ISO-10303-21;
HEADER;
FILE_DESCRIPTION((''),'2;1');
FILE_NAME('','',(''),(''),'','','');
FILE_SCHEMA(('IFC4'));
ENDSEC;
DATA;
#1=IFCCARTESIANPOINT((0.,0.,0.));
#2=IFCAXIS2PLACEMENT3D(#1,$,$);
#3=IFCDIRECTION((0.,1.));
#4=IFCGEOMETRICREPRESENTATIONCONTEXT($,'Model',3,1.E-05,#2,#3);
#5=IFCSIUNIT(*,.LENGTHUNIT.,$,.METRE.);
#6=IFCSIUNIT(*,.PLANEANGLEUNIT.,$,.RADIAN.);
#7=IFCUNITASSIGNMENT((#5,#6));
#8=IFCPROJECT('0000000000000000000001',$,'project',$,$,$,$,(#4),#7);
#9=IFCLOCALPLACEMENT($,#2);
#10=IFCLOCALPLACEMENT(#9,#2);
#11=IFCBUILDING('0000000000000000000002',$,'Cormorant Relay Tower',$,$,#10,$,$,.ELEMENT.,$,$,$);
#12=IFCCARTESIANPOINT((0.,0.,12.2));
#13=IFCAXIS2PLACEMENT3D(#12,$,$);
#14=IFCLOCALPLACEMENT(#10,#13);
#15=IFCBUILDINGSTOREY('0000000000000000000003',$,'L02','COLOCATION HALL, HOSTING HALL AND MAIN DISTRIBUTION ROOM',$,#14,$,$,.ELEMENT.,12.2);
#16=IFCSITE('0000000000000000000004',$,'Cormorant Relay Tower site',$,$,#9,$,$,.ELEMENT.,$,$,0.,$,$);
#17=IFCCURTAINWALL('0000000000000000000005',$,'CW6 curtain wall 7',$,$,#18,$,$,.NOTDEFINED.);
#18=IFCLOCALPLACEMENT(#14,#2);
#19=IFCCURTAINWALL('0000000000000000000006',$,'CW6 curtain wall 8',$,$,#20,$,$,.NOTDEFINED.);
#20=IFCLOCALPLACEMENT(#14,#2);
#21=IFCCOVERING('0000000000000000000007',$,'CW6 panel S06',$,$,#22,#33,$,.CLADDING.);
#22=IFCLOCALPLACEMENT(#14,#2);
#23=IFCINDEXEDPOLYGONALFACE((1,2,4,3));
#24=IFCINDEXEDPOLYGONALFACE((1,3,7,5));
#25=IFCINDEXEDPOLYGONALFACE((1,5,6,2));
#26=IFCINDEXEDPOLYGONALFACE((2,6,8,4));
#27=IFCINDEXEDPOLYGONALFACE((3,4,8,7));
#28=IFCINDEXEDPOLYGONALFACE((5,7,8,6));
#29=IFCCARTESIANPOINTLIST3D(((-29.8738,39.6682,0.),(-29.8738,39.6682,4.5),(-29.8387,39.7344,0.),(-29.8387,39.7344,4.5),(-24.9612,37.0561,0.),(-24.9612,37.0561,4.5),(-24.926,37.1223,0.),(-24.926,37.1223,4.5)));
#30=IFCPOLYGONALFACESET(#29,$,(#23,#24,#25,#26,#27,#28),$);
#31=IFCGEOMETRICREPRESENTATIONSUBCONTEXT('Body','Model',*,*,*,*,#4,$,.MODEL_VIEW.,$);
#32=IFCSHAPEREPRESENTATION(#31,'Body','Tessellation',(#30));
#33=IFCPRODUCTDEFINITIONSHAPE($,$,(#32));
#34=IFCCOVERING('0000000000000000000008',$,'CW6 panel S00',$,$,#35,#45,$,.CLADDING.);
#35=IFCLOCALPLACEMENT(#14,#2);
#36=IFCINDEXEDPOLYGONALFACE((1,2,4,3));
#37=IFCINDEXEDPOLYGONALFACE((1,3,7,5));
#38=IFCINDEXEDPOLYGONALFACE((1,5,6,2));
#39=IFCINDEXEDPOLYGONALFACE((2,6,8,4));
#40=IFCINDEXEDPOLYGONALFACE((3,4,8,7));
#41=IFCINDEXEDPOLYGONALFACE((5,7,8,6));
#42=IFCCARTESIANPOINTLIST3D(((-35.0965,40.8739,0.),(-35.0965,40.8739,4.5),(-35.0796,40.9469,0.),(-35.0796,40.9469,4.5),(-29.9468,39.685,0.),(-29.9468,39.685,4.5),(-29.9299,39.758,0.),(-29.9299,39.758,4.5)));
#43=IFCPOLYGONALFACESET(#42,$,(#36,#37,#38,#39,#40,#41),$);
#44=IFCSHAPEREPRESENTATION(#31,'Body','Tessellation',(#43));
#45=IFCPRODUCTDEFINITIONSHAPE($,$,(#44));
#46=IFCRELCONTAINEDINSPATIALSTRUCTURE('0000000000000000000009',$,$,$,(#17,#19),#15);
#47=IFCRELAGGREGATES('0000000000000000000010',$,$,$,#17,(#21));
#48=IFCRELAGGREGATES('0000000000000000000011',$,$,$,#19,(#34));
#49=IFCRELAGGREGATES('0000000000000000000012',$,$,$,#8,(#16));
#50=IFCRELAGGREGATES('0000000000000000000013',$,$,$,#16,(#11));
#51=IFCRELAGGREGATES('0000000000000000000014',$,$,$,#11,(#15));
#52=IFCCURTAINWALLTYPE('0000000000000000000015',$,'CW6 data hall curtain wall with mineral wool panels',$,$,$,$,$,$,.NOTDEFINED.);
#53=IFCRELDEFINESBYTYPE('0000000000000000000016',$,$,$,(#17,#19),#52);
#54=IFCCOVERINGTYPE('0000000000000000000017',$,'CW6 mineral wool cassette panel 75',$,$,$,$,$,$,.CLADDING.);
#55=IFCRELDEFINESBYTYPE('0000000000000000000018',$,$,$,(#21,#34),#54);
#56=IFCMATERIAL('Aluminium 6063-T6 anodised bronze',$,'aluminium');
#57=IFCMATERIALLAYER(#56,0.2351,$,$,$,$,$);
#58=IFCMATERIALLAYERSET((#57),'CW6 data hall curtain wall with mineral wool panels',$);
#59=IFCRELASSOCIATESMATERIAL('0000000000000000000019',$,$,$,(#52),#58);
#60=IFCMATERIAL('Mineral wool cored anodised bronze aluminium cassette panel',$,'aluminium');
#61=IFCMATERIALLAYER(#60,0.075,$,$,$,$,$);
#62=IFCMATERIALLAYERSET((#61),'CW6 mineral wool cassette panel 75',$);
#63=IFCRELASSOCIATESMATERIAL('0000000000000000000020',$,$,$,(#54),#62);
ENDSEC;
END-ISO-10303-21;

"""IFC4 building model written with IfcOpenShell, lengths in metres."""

from ifc_helpers import new_model, si_unit, direction, frame, origin, origin_2d, place, context, subcontext, project, spatial, rectangle, extrude, material, layer, layer_set, type_object, element, aggregate, save


model = new_model("IFC4")

# Units and contexts
model_context = context("Model", 3, precision=1e-05, world=origin(), true_north=direction((0.0, 1.0)))
body_context = subcontext(model_context, "Body", "Model", "MODEL_VIEW")
ifc_project = project(units=[si_unit("LENGTHUNIT", "METRE"), si_unit("PLANEANGLEUNIT", "RADIAN")], contexts=[model_context])

# Site, building, storey
site_placement = place(None, origin())
site = spatial("IfcSite", under=ifc_project, at=site_placement, Name="Cormorant Relay Tower site", CompositionType="ELEMENT", RefElevation=0.0)
building_placement = place(site_placement, origin())
building = spatial("IfcBuilding", under=site, at=building_placement, Name="Cormorant Relay Tower", CompositionType="ELEMENT")
storey_placement = place(building_placement, frame((0.0, 0.0, 12.2)))
storey = spatial("IfcBuildingStorey", under=building, at=storey_placement, Name="L02", Description="COLOCATION HALL, HOSTING HALL AND MAIN DISTRIBUTION ROOM", CompositionType="ELEMENT", Elevation=12.2)

# Curtain wall
ifc_material_1 = material(Name="Aluminium 6063-T6 anodised bronze", Category="aluminium")
ifc_layer_1 = layer(ifc_material_1, 0.2351)
ifc_layer_set_1 = layer_set([ifc_layer_1], Name="CW6 data hall curtain wall with mineral wool panels")
curtain_wall_type = type_object("IfcCurtainWallType", Name="CW6 data hall curtain wall with mineral wool panels", PredefinedType="NOTDEFINED", material=ifc_layer_set_1)
curtain_wall_1_placement = place(storey_placement, origin())
curtain_wall_1 = element("IfcCurtainWall", 1, at=curtain_wall_1_placement, inside=storey, type_object=curtain_wall_type, Name="CW6 curtain wall 7", PredefinedType="NOTDEFINED")

# Curtain wall
curtain_wall_2_placement = place(storey_placement, origin())
curtain_wall_2 = element("IfcCurtainWall", 2, at=curtain_wall_2_placement, inside=storey, type_object=curtain_wall_type, Name="CW6 curtain wall 8", PredefinedType="NOTDEFINED")

# Coverings
ifc_material_2 = material(Name="Mineral wool cored anodised bronze aluminium cassette panel", Category="aluminium")
ifc_layer_2 = layer(ifc_material_2, 0.075)
ifc_layer_set_2 = layer_set([ifc_layer_2], Name="CW6 mineral wool cassette panel 75")
covering_type = type_object("IfcCoveringType", Name="CW6 mineral wool cassette panel 75", PredefinedType="CLADDING", material=ifc_layer_set_2)
covering_1_placement = place(storey_placement, frame((-27.3999, 38.3953, 0.0), z_axis=(0.0, 0.0, 1.0), x_axis=(-0.882948, 0.469472, 0.0)))
covering_1 = element("IfcCovering", 3, at=covering_1_placement, type_object=covering_type, Name="CW6 panel S06", PredefinedType="CLADDING", context=body_context, shape_type="SweptSolid", body=[
    extrude(rectangle(XDim=5.564, YDim=0.075, at=origin_2d()), origin(), (0.0, 0.0, 1.0), 4.5),
])
aggregate(curtain_wall_1, [covering_1])
covering_2_placement = place(storey_placement, frame((-32.5132, 40.3159, 0.0), z_axis=(0.0, 0.0, 1.0), x_axis=(-0.97437, 0.224951, 0.0)))
covering_2 = element("IfcCovering", 4, at=covering_2_placement, type_object=covering_type, Name="CW6 panel S00", PredefinedType="CLADDING", context=body_context, shape_type="SweptSolid", body=[
    extrude(rectangle(XDim=5.2852, YDim=0.075, at=origin_2d()), origin(), (0.0, 0.0, 1.0), 4.5),
])
aggregate(curtain_wall_2, [covering_2])

save(model, "model.ifc")
